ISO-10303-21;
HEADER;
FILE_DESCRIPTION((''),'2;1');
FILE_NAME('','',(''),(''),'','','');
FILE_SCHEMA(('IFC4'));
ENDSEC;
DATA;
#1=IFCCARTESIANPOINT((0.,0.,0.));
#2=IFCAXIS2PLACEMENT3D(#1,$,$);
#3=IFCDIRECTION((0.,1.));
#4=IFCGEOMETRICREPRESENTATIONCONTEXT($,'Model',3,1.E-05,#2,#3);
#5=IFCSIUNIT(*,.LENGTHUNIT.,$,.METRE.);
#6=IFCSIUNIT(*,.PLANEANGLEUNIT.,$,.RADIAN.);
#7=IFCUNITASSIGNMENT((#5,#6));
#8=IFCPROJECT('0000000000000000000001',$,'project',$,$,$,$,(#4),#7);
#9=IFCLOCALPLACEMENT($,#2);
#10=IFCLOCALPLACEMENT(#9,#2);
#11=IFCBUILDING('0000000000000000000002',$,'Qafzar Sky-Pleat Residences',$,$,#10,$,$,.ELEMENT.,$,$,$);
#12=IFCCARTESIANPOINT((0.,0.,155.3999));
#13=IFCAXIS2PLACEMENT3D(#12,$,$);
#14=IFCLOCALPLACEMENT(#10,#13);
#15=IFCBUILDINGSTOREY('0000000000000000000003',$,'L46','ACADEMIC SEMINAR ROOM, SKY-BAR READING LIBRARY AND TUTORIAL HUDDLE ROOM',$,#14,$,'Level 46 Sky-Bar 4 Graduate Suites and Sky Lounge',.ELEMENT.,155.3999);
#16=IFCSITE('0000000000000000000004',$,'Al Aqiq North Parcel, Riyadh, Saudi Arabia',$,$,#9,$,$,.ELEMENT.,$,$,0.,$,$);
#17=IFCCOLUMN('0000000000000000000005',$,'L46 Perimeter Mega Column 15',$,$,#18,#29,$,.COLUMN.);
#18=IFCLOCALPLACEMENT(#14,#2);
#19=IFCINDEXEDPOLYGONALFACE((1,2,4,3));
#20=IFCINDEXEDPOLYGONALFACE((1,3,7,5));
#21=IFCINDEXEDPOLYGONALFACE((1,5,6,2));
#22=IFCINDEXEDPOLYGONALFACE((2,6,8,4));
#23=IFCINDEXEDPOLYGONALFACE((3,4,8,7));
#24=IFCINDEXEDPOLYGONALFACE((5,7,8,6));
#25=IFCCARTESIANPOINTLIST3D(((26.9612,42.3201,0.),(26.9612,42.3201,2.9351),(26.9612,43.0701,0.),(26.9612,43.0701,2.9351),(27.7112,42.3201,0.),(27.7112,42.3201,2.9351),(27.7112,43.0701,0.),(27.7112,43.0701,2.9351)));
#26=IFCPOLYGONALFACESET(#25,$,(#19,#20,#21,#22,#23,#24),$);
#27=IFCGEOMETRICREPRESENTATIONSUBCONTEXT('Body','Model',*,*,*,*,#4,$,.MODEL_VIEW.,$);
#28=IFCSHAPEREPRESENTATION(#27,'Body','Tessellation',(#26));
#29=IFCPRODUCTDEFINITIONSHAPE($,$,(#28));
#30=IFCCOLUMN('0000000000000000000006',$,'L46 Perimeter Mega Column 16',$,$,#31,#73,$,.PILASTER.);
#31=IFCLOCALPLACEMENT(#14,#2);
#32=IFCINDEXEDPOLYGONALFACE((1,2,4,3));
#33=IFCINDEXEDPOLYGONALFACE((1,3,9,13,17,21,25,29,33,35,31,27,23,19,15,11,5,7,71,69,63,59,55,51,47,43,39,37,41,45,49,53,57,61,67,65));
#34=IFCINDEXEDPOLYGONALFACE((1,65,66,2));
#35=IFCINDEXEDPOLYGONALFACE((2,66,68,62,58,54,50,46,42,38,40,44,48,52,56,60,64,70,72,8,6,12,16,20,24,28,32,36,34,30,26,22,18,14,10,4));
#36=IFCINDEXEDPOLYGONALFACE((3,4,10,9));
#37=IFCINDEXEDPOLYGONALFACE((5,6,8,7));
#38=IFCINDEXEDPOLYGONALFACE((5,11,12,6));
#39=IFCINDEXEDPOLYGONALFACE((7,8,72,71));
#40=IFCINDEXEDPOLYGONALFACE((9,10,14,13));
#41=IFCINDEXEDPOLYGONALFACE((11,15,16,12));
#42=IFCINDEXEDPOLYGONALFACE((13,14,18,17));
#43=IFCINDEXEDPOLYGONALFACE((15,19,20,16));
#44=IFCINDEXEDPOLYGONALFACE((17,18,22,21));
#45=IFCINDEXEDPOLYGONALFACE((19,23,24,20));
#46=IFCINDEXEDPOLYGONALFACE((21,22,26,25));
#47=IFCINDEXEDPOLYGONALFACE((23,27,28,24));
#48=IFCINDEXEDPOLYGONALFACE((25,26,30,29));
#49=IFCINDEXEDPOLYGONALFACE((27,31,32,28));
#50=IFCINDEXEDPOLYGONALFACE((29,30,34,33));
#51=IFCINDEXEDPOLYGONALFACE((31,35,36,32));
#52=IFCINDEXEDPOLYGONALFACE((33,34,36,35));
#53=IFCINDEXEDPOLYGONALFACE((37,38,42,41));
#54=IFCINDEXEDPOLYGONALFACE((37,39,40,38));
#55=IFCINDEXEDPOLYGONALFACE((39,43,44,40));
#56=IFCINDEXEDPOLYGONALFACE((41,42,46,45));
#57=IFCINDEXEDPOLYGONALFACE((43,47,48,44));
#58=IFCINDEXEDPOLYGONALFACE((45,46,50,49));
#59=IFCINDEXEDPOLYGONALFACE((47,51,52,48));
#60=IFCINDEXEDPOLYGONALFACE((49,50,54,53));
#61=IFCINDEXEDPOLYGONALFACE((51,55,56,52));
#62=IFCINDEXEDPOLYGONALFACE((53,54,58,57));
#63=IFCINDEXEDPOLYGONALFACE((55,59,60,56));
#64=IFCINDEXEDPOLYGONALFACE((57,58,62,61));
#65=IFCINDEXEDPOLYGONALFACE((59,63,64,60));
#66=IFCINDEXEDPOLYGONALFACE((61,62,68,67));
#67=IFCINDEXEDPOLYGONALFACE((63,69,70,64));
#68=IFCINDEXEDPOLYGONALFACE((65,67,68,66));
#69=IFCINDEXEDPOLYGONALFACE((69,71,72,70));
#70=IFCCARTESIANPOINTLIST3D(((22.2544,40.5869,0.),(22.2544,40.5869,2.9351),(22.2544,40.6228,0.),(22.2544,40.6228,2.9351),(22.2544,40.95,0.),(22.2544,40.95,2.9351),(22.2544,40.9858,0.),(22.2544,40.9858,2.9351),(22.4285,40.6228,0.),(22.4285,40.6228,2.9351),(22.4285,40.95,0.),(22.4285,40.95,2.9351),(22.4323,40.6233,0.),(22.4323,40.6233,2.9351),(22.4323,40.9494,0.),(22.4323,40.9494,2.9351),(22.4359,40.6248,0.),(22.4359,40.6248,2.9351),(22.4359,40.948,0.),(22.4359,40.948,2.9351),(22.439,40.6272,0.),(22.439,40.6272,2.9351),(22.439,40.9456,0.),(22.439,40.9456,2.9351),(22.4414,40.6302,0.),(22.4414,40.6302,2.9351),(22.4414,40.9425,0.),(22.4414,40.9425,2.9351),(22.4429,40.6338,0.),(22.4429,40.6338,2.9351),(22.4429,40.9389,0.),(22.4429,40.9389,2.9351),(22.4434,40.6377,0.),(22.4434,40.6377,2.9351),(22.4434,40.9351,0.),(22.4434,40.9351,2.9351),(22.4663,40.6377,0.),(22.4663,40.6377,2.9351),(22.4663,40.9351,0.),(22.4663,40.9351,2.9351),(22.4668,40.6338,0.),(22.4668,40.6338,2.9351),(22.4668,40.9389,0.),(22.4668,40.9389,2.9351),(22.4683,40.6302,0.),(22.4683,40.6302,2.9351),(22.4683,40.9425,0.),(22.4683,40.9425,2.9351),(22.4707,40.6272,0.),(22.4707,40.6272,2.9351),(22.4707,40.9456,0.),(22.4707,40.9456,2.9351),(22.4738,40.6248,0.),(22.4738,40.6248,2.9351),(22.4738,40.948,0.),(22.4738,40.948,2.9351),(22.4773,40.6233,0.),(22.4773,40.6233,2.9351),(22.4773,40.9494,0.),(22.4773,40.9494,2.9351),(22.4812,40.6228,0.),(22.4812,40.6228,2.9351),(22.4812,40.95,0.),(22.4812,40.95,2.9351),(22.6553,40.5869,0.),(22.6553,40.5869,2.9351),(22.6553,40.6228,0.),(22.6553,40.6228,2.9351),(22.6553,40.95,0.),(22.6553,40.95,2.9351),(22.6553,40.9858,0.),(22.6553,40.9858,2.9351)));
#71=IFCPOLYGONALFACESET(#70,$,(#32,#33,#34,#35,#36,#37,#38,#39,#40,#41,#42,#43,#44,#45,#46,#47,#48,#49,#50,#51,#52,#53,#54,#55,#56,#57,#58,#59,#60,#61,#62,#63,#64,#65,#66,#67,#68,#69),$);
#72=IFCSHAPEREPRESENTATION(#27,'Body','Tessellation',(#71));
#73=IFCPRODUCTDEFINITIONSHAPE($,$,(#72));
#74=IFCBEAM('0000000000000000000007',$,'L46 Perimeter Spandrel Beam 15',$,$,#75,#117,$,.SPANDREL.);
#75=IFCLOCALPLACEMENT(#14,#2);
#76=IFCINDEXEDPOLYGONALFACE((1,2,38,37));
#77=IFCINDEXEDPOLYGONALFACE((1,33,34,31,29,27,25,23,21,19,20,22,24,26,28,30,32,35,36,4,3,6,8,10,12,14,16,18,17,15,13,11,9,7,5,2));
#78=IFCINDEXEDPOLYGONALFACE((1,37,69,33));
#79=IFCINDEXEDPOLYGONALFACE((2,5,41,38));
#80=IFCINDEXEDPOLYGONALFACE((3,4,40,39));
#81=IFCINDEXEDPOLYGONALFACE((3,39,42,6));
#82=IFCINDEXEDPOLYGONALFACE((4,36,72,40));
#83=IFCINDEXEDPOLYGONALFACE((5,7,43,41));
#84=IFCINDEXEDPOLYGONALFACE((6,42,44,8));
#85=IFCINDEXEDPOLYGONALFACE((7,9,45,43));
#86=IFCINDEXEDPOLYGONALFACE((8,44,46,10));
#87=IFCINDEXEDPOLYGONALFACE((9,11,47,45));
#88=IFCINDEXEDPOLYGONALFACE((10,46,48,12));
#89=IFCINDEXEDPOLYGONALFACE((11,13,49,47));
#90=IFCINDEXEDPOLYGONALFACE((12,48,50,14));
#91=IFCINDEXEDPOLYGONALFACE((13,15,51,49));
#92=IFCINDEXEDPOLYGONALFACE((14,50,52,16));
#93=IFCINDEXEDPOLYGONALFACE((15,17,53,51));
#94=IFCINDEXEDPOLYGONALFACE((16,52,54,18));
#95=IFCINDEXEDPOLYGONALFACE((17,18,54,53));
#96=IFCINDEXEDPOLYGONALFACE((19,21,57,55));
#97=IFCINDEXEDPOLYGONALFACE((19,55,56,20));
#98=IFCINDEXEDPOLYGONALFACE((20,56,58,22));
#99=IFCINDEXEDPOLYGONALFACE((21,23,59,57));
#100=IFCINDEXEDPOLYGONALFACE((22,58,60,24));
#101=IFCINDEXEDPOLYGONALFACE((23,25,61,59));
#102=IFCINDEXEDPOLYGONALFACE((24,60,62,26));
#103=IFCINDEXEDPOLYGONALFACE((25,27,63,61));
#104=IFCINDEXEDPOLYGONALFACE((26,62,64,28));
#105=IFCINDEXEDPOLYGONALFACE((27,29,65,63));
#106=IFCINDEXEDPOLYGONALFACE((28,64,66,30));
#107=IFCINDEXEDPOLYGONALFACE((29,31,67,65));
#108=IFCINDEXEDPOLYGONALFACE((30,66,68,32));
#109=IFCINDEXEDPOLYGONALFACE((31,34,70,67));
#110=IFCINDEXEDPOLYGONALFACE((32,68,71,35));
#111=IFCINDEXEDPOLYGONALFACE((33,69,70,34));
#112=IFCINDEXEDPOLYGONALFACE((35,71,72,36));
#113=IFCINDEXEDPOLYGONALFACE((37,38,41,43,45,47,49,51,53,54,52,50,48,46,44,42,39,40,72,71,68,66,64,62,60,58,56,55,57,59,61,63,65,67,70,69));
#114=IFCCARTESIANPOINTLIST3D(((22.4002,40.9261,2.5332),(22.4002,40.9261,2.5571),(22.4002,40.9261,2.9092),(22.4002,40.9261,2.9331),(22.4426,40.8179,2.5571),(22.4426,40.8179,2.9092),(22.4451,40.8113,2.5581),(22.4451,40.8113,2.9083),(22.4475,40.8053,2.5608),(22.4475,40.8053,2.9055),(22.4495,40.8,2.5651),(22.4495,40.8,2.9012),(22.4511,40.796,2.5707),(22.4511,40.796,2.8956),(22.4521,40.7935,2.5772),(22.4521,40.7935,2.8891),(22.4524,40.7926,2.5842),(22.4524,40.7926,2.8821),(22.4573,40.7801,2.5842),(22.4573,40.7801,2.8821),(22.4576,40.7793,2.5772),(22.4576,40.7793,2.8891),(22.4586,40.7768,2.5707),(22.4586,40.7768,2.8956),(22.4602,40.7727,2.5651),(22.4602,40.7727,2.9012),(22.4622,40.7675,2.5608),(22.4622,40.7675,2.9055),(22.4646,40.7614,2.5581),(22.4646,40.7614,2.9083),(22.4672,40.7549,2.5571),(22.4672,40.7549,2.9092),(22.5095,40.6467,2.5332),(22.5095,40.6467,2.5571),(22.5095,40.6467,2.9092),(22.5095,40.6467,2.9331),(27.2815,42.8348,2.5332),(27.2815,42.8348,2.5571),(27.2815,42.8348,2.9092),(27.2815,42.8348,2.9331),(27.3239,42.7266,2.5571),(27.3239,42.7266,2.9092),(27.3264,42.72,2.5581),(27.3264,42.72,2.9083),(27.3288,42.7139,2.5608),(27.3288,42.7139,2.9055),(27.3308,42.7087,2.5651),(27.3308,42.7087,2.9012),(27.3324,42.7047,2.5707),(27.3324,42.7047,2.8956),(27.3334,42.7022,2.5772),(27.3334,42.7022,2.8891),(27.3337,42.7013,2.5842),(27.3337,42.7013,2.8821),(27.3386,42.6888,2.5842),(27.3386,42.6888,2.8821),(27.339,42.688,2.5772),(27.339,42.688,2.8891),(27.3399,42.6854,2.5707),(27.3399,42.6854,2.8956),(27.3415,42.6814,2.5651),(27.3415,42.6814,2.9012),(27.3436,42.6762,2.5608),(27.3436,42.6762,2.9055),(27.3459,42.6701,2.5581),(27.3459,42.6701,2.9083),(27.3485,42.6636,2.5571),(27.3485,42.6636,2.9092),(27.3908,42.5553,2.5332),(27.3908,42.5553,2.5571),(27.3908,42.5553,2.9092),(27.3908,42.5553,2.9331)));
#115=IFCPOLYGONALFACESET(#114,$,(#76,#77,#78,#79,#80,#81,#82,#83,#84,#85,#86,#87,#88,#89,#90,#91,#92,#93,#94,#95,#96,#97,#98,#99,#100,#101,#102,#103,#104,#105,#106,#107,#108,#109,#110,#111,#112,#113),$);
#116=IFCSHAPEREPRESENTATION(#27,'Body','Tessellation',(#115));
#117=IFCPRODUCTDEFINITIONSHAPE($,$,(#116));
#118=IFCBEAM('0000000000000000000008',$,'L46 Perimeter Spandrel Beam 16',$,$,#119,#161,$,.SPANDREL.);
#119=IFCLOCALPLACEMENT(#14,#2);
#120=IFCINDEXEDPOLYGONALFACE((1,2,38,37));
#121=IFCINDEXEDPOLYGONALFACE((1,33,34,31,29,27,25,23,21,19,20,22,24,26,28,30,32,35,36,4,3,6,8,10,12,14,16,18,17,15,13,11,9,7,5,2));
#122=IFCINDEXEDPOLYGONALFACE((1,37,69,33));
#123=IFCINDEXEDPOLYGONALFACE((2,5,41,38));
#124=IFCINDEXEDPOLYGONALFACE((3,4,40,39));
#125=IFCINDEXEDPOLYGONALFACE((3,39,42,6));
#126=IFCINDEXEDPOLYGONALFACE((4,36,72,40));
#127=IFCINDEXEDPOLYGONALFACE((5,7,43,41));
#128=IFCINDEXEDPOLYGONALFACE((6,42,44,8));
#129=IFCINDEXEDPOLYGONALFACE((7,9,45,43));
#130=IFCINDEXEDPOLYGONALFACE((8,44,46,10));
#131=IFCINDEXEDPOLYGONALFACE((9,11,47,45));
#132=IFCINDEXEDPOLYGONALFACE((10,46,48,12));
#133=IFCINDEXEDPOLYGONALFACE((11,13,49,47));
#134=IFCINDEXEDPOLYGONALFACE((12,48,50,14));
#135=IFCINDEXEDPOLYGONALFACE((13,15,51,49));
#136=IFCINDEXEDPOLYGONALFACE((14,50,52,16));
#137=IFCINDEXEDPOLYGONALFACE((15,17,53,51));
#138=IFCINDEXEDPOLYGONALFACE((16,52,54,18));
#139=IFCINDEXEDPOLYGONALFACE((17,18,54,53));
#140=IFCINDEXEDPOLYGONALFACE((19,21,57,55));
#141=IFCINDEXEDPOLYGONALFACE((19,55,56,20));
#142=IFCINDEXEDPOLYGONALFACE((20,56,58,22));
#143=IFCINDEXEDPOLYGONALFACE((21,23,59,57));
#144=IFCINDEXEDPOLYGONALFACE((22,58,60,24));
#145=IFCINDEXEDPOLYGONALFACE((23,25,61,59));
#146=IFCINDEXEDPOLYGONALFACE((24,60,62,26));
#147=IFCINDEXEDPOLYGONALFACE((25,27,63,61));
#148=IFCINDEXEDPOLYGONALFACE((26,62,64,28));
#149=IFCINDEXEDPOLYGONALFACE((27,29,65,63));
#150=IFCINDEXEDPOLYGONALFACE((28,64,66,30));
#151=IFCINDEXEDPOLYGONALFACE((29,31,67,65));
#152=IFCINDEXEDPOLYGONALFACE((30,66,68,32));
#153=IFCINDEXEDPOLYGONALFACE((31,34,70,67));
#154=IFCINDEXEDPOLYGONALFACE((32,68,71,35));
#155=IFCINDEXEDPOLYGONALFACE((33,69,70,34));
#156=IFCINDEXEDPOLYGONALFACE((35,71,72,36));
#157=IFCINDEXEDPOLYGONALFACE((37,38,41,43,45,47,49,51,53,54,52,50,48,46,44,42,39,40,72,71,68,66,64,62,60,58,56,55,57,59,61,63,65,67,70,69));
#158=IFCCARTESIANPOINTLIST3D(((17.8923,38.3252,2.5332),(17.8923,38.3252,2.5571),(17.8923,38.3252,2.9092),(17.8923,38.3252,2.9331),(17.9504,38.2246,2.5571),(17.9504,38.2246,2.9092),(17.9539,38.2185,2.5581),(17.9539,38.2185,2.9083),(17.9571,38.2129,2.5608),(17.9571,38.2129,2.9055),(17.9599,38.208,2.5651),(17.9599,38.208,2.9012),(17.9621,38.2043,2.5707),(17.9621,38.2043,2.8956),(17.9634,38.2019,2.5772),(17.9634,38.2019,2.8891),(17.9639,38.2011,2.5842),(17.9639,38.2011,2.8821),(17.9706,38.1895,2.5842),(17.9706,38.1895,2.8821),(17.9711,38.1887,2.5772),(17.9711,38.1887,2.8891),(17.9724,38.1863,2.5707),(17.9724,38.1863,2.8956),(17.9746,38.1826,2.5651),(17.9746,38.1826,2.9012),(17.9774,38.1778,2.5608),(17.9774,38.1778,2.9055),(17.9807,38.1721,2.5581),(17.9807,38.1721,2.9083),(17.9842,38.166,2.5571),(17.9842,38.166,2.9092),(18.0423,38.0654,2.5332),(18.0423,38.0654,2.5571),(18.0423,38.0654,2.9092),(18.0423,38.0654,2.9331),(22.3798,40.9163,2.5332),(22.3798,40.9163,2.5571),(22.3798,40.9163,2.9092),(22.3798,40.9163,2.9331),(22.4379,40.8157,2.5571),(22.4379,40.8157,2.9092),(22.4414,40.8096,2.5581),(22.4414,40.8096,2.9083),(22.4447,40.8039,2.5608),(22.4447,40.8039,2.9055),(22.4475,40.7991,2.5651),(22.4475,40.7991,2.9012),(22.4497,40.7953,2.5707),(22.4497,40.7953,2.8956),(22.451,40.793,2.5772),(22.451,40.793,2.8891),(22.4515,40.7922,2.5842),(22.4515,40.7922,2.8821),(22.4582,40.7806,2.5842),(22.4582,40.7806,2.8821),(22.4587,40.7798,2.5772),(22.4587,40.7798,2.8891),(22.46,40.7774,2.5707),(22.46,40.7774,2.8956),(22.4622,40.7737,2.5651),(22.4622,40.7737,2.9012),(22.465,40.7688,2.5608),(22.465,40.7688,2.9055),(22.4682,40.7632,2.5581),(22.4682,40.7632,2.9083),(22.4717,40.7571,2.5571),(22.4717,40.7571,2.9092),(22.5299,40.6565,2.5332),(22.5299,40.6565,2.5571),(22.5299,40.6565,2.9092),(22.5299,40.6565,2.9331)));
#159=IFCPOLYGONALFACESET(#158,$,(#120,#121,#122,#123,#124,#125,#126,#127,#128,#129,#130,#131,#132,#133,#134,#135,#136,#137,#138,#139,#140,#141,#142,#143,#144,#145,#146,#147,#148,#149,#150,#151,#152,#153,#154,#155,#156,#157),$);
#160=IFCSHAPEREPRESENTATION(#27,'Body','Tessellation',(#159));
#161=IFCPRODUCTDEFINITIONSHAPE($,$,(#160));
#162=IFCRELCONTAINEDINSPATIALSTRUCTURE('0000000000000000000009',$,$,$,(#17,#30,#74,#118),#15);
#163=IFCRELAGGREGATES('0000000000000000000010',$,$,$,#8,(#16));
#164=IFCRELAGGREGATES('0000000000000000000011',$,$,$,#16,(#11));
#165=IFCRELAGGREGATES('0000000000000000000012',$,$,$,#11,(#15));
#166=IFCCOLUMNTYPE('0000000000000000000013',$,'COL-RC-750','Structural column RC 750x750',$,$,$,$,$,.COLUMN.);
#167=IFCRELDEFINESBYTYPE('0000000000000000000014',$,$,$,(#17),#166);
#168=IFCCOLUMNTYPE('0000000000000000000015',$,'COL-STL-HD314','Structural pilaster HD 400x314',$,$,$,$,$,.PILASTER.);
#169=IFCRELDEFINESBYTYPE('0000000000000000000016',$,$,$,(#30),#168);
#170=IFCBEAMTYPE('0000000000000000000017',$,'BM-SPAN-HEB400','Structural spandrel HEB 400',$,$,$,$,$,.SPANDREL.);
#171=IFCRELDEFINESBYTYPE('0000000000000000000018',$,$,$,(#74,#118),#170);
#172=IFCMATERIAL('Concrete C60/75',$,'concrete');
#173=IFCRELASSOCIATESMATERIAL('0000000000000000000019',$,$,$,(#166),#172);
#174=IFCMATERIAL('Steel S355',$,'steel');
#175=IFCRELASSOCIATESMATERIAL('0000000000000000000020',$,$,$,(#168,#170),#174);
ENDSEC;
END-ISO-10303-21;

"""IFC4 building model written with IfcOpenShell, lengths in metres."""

from ifc_helpers import new_model, si_unit, direction, frame, origin, origin_2d, place, context, subcontext, project, spatial, rectangle, i_section, extrude, source, transform, mapped, material, material_profile, profile_set, type_object, element, save


model = new_model("IFC4")

# Units and contexts
model_context = context("Model", 3, precision=1e-05, world=origin(), true_north=direction((0.0, 1.0)))
body_context = subcontext(model_context, "Body", "Model", "MODEL_VIEW")
ifc_project = project(units=[si_unit("LENGTHUNIT", "METRE"), si_unit("PLANEANGLEUNIT", "RADIAN")], contexts=[model_context])

# Site, building, storey
site_placement = place(None, origin())
site = spatial("IfcSite", under=ifc_project, at=site_placement, Name="Al Aqiq North Parcel, Riyadh, Saudi Arabia", CompositionType="ELEMENT", RefElevation=0.0)
building_placement = place(site_placement, origin())
building = spatial("IfcBuilding", under=site, at=building_placement, Name="Qafzar Sky-Pleat Residences", CompositionType="ELEMENT")
storey_placement = place(building_placement, frame((0.0, 0.0, 155.3999)))
storey = spatial("IfcBuildingStorey", under=building, at=storey_placement, Name="L46", Description="ACADEMIC SEMINAR ROOM, SKY-BAR READING LIBRARY AND TUTORIAL HUDDLE ROOM", LongName="Level 46 Sky-Bar 4 Graduate Suites and Sky Lounge", CompositionType="ELEMENT", Elevation=155.3999)

# Columns
ifc_material_1 = material(Name="Concrete C60/75", Category="concrete")
ifc_material_profile_1 = material_profile(ifc_material_1, rectangle(XDim=0.75, YDim=0.75, at=origin_2d()), Name="RC 750x750")
ifc_profile_set_1 = profile_set([ifc_material_profile_1], Name="Concrete C60/75")
column_type_1 = type_object("IfcColumnType", Name="COL-RC-750", Description="Structural column RC 750x750", PredefinedType="COLUMN", material=ifc_profile_set_1)
shared_shape_1 = source(origin(), body_context, "Body", "SweptSolid", [
    extrude(rectangle(XDim=0.75, YDim=0.75, at=origin_2d()), origin(), (0.0, 0.0, 1.0), 2.9351),
])
column_1_placement = place(storey_placement, frame((27.3362, 42.6951, 0.0), z_axis=(0.0, 0.0, 1.0), x_axis=(1.0, 0.0, 0.0)))
element("IfcColumn", 1, at=column_1_placement, inside=storey, type_object=column_type_1, Name="L46 Perimeter Mega Column 15", PredefinedType="COLUMN", context=body_context, shape_type="MappedRepresentation", body=[
    mapped(shared_shape_1, transform((0.0, 0.0, 0.0), x_axis=(1.0, 0.0, 0.0), y_axis=(0.0, 1.0, 0.0), z_axis=(0.0, 0.0, 1.0), scale=1.0)),
])
ifc_material_2 = material(Name="Steel S355", Category="steel")
ifc_material_profile_2 = material_profile(ifc_material_2, i_section(OverallWidth=0.4009, OverallDepth=0.3989, WebThickness=0.0229, FlangeThickness=0.0359, FilletRadius=0.0149, at=origin_2d()), Name="HD 400x314")
ifc_profile_set_2 = profile_set([ifc_material_profile_2], Name="Steel S355")
column_type_2 = type_object("IfcColumnType", Name="COL-STL-HD314", Description="Structural pilaster HD 400x314", PredefinedType="PILASTER", material=ifc_profile_set_2)
shared_shape_2 = source(origin(), body_context, "Body", "SweptSolid", [
    extrude(i_section(OverallWidth=0.4009, OverallDepth=0.3989, WebThickness=0.0229, FlangeThickness=0.0359, FilletRadius=0.0149, at=origin_2d()), origin(), (0.0, 0.0, 1.0), 2.9351),
])
column_2_placement = place(storey_placement, frame((22.4548, 40.7864, 0.0), z_axis=(0.0, 0.0, 1.0), x_axis=(1.0, 0.0, 0.0)))
element("IfcColumn", 2, at=column_2_placement, inside=storey, type_object=column_type_2, Name="L46 Perimeter Mega Column 16", PredefinedType="PILASTER", context=body_context, shape_type="MappedRepresentation", body=[
    mapped(shared_shape_2, transform((0.0, 0.0, 0.0), x_axis=(1.0, 0.0, 0.0), y_axis=(0.0, 1.0, 0.0), z_axis=(0.0, 0.0, 1.0), scale=1.0)),
])

# Beams
ifc_material_profile_3 = material_profile(ifc_material_2, i_section(OverallWidth=0.3, OverallDepth=0.3999, WebThickness=0.0134, FlangeThickness=0.0239, FilletRadius=0.0271, at=origin_2d()), Name="HEB 400")
ifc_profile_set_3 = profile_set([ifc_material_profile_3], Name="Steel S355")
beam_type_1 = type_object("IfcBeamType", Name="BM-SPAN-HEB400", Description="Structural spandrel HEB 400", PredefinedType="SPANDREL", material=ifc_profile_set_3)
shared_shape_3 = source(origin(), body_context, "Body", "SweptSolid", [
    extrude(i_section(OverallWidth=0.3, OverallDepth=0.3999, WebThickness=0.0134, FlangeThickness=0.0239, FilletRadius=0.0271, at=origin_2d()), origin(), (0.0, 0.0, 1.0), 5.2412),
])
beam_1_placement = place(storey_placement, frame((27.3362, 42.6951, 2.7332), z_axis=(-0.931333, -0.364168, 0.0), x_axis=(0.364168, -0.931333, 0.0)))
element("IfcBeam", 3, at=beam_1_placement, inside=storey, type_object=beam_type_1, Name="L46 Perimeter Spandrel Beam 15", PredefinedType="SPANDREL", context=body_context, shape_type="MappedRepresentation", body=[
    mapped(shared_shape_3, transform((0.0, 0.0, 0.0), x_axis=(1.0, 0.0, 0.0), y_axis=(0.0, 1.0, 0.0), z_axis=(0.0, 0.0, 1.0), scale=1.0)),
])
shared_shape_4 = source(origin(), body_context, "Body", "SweptSolid", [
    extrude(i_section(OverallWidth=0.3, OverallDepth=0.3999, WebThickness=0.0134, FlangeThickness=0.0239, FilletRadius=0.0271, at=origin_2d()), origin(), (0.0, 0.0, 1.0), 5.1819),
])
beam_2_placement = place(storey_placement, frame((22.4548, 40.7864, 2.7332), z_axis=(-0.866011, -0.500026, 0.0), x_axis=(0.500026, -0.866011, 0.0)))
element("IfcBeam", 4, at=beam_2_placement, inside=storey, type_object=beam_type_1, Name="L46 Perimeter Spandrel Beam 16", PredefinedType="SPANDREL", context=body_context, shape_type="MappedRepresentation", body=[
    mapped(shared_shape_4, transform((0.0, 0.0, 0.0), x_axis=(1.0, 0.0, 0.0), y_axis=(0.0, 1.0, 0.0), z_axis=(0.0, 0.0, 1.0), scale=1.0)),
])

save(model, "model.ifc")
